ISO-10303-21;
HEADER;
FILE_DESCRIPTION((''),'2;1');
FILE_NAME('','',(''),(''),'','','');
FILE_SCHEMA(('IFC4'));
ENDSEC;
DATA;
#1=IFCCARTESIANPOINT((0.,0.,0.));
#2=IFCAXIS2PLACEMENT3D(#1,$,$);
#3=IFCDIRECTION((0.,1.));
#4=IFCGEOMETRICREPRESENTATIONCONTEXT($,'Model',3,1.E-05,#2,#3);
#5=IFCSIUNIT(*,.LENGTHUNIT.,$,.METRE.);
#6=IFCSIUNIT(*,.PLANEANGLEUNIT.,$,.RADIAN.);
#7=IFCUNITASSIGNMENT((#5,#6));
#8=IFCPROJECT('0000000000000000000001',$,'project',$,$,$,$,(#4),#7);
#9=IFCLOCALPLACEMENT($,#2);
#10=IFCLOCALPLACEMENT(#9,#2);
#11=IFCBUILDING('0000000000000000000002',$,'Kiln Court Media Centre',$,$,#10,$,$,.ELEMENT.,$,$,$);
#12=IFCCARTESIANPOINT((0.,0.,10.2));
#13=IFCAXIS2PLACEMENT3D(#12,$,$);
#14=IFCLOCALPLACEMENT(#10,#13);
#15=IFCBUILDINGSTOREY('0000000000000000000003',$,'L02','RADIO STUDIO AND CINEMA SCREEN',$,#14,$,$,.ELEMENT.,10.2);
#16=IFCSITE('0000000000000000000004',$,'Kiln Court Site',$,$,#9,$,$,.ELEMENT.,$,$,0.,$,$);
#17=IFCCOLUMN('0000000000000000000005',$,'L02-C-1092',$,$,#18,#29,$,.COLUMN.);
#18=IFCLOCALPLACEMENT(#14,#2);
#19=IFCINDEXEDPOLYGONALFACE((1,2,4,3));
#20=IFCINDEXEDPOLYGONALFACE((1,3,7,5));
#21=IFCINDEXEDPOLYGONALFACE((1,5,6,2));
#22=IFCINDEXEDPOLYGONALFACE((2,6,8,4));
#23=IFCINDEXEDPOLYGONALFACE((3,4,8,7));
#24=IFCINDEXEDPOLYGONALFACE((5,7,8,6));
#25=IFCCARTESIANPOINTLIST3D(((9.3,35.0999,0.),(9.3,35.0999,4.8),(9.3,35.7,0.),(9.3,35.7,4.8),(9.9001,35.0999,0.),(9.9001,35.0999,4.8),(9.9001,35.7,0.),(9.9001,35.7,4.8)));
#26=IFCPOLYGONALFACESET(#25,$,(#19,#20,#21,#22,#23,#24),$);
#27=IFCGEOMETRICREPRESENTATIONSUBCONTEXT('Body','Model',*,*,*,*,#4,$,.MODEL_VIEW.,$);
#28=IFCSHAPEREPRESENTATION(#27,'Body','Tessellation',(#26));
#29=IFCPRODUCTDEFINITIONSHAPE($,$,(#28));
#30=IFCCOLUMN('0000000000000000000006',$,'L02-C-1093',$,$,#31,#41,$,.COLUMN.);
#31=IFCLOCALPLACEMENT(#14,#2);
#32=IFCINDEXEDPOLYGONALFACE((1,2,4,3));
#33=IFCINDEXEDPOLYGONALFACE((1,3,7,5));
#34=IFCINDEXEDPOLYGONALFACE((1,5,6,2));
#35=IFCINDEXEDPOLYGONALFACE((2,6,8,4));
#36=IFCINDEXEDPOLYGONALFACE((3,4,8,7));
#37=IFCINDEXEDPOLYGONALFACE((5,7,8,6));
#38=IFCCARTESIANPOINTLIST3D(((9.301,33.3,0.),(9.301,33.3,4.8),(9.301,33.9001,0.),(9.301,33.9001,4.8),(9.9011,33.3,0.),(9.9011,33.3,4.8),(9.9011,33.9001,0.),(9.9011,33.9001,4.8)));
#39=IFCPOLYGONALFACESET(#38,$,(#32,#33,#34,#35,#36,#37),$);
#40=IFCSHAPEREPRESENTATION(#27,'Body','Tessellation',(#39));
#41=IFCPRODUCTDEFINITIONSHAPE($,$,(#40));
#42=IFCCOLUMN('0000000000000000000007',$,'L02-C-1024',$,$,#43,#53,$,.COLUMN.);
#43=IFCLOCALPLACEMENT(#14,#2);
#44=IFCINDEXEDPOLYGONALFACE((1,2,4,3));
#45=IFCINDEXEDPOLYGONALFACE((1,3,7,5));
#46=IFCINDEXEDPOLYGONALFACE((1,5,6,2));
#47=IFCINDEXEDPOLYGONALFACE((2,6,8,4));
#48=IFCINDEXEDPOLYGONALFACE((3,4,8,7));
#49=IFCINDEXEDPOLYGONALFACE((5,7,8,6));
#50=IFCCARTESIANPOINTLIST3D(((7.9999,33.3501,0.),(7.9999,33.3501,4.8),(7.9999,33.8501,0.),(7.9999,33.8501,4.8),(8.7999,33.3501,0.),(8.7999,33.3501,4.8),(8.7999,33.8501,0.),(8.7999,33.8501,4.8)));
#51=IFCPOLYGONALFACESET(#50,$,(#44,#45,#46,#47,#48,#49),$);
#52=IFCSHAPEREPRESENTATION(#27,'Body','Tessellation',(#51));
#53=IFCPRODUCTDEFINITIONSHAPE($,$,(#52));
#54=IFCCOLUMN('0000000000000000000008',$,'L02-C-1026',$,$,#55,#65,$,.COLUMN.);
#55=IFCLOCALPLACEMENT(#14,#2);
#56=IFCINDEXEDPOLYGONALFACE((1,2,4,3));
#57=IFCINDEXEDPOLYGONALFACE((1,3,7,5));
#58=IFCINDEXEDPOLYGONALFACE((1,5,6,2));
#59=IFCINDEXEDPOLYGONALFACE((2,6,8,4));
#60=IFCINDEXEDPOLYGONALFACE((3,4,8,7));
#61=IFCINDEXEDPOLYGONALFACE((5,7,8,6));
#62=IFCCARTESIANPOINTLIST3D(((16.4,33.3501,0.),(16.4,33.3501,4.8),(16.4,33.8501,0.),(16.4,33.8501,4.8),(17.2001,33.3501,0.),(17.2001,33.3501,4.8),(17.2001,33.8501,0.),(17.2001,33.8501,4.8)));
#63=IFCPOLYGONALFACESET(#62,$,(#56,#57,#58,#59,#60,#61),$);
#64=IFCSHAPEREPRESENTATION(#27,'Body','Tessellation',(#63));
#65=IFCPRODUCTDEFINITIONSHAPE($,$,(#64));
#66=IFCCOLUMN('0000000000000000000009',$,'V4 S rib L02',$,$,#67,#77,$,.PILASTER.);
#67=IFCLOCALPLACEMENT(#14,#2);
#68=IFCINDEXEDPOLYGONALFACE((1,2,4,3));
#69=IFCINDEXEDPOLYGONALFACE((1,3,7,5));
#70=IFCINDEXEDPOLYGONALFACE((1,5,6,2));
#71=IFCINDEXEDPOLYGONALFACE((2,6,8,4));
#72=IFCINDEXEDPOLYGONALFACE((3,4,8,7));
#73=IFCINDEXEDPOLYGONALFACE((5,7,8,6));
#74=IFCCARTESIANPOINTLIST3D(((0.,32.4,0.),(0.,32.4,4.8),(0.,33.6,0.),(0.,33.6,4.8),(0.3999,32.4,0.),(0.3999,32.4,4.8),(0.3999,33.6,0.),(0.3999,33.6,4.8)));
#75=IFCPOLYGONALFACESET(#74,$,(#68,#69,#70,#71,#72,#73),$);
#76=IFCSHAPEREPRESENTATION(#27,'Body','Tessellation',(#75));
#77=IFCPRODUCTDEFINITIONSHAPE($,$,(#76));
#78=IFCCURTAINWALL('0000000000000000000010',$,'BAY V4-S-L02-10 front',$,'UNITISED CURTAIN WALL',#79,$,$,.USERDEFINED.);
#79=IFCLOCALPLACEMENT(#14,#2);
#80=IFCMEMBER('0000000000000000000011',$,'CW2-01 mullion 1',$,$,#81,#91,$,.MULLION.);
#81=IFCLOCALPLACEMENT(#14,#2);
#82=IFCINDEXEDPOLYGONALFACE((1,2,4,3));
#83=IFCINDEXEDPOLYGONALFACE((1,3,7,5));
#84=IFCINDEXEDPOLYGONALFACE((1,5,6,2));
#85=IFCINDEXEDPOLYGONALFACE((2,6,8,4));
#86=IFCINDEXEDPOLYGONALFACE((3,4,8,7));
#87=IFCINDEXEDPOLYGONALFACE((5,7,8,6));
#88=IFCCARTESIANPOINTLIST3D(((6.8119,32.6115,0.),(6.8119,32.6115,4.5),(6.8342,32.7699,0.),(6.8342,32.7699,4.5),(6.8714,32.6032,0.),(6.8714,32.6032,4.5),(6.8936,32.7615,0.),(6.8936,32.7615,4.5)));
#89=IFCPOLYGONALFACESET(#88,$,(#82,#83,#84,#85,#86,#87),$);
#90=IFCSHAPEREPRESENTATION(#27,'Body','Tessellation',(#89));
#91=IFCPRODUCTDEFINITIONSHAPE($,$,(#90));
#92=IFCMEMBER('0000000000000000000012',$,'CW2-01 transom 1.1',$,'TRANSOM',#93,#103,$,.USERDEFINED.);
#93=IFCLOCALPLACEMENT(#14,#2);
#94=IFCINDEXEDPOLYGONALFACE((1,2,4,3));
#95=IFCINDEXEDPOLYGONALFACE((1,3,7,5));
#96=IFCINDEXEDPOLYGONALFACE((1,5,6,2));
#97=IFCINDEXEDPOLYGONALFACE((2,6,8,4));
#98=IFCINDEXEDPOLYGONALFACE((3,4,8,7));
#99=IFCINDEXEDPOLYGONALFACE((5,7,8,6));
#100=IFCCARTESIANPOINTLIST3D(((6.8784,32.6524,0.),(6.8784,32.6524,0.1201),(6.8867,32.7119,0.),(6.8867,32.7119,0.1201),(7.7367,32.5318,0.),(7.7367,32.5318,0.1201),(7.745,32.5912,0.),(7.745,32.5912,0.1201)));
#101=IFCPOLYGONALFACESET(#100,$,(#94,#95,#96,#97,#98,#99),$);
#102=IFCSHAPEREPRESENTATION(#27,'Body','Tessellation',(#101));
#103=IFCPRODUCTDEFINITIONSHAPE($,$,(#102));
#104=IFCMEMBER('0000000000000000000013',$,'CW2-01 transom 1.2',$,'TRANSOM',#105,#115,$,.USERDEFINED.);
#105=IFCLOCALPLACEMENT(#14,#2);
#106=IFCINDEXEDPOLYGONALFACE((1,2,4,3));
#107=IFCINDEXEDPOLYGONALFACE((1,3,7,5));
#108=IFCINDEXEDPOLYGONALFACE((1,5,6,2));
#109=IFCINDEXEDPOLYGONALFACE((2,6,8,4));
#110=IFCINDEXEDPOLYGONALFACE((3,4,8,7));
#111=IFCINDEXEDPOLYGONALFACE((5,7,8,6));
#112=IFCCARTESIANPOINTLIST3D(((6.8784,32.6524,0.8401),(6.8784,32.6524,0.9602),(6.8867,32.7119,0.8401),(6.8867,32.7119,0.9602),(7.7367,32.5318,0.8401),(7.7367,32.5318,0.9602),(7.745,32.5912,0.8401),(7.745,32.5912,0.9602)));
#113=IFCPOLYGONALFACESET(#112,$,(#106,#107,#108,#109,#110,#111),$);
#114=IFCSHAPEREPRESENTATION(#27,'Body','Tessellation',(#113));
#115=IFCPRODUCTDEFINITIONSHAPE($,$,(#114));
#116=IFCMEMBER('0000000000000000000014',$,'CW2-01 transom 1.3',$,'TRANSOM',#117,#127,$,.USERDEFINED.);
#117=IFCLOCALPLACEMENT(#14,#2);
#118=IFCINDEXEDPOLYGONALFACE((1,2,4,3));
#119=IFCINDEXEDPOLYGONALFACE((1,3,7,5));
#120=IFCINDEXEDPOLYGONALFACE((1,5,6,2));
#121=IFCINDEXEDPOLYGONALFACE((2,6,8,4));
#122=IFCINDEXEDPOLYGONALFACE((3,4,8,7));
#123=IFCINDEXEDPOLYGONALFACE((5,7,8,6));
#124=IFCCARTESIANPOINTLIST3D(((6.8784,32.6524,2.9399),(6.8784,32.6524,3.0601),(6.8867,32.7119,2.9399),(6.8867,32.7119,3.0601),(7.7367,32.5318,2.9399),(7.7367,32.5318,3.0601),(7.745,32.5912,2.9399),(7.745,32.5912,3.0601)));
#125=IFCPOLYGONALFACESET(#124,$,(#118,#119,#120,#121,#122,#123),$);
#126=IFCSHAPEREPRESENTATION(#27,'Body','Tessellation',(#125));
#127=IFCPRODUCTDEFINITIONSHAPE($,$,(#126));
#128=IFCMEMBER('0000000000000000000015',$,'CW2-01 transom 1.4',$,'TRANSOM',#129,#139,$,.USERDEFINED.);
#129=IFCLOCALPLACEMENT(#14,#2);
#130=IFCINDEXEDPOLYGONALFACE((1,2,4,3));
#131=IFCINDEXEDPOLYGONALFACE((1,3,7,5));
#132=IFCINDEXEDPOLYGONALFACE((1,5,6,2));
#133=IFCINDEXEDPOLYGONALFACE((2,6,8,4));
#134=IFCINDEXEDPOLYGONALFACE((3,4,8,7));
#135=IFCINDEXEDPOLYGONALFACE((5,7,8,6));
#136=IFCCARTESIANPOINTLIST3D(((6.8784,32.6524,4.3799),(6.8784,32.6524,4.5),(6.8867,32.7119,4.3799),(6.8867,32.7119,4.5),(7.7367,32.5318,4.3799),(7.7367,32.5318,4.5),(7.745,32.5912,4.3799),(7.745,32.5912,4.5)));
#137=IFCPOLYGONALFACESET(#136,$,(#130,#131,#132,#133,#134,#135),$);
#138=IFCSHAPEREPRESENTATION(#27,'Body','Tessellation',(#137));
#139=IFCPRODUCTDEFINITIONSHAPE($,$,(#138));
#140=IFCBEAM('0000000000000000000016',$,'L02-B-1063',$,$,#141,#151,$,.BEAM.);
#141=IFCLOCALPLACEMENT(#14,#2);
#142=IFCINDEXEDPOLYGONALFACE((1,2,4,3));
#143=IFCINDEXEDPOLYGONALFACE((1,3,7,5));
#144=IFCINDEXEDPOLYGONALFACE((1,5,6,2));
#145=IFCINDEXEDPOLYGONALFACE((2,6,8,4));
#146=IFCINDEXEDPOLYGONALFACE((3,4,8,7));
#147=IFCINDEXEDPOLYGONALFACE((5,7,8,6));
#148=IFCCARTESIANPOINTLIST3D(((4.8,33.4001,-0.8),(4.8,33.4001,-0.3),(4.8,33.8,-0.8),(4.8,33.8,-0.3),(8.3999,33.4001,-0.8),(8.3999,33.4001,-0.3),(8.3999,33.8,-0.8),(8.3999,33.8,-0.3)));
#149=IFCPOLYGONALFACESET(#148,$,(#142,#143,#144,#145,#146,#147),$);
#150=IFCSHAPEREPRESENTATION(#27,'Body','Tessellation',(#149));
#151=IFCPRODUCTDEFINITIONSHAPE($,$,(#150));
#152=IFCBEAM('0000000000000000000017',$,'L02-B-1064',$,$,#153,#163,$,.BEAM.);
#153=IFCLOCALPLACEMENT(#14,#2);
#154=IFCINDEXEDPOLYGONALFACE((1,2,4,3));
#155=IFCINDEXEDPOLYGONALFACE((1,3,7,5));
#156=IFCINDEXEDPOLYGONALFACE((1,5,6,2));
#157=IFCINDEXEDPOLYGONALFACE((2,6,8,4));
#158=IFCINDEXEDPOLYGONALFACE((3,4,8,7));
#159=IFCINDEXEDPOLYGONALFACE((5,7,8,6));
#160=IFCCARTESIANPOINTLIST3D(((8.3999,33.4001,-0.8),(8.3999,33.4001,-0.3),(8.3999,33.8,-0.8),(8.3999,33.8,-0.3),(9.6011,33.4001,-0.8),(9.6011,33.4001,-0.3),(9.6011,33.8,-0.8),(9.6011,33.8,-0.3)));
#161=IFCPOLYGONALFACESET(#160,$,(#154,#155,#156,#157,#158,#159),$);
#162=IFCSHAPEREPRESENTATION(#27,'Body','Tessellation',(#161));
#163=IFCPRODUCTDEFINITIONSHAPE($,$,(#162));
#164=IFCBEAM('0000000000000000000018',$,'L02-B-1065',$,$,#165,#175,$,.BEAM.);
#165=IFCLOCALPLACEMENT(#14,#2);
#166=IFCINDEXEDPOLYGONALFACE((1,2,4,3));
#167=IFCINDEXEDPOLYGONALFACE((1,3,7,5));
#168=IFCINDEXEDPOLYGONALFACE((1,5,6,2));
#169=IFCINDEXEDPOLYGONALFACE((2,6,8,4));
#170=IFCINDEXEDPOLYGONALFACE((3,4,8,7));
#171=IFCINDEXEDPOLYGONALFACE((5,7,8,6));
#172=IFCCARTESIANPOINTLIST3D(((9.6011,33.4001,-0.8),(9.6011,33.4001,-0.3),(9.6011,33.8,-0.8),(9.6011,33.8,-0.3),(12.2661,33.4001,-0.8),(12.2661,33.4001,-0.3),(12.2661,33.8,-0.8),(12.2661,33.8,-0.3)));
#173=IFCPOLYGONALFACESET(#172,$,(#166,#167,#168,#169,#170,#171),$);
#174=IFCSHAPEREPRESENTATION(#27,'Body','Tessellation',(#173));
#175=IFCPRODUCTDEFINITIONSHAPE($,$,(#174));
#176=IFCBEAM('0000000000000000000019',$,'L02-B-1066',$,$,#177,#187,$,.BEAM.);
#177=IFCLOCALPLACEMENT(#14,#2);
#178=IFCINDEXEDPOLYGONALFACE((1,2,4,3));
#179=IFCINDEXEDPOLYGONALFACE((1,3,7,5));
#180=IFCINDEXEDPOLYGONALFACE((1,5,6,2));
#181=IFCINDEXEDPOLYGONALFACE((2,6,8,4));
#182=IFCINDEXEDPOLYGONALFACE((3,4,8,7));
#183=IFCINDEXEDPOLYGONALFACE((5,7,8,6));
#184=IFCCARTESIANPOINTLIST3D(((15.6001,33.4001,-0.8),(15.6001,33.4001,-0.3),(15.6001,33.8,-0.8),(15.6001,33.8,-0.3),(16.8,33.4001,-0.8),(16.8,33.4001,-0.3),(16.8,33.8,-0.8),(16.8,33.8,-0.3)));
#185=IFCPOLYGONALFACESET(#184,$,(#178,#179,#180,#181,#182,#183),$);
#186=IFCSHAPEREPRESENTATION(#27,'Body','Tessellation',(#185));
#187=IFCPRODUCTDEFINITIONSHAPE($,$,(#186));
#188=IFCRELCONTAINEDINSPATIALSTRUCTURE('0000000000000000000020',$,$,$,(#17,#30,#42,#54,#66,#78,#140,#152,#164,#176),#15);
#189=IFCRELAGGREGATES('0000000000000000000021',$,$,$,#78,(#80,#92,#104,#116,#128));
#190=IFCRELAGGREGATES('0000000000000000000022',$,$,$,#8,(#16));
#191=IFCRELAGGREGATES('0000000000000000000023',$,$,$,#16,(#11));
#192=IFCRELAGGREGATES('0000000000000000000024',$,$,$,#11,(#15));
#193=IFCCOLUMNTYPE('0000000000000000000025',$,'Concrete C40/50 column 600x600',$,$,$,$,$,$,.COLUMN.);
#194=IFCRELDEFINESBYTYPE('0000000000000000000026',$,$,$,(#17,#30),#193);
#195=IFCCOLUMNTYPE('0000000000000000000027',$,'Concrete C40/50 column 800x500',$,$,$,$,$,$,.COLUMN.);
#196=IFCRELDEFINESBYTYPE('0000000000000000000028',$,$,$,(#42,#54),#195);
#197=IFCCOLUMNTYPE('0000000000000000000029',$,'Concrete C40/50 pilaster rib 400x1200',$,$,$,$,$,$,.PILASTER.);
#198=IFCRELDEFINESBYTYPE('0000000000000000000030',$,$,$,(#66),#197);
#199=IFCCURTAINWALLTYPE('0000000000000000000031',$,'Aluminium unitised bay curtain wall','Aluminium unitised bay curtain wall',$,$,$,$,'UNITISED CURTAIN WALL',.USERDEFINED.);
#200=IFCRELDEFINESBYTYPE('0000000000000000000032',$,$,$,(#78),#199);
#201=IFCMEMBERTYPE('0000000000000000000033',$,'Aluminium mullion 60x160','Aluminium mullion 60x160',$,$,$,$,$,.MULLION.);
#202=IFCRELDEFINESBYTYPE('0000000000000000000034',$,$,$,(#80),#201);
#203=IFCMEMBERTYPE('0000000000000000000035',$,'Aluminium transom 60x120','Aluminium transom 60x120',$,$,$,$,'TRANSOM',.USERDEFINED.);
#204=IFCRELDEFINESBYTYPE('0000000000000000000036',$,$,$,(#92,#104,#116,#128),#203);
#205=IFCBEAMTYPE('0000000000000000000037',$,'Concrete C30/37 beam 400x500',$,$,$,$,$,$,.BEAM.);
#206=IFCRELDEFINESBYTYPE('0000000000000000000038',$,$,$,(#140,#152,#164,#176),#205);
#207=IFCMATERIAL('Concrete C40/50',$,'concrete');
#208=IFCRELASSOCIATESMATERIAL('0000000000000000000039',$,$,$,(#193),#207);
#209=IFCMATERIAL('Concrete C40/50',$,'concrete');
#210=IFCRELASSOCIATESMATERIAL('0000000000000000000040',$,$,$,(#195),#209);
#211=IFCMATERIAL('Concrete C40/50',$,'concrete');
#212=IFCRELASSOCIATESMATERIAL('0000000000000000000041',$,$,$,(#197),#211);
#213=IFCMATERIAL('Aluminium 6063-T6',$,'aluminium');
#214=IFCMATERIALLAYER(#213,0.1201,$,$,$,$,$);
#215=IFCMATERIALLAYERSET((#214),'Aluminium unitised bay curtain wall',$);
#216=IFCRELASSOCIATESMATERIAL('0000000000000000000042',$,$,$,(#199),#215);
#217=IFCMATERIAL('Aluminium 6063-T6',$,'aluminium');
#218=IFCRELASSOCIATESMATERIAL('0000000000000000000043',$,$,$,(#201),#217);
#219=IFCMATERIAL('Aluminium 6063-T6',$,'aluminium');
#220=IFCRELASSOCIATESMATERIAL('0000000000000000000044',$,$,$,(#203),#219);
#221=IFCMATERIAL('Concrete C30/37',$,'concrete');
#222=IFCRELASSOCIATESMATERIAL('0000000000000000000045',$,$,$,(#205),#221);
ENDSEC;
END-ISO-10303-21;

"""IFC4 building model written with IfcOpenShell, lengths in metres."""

from ifc_helpers import new_model, si_unit, direction, frame, origin, origin_2d, place, context, subcontext, project, spatial, rectangle, extrude, material, layer, layer_set, material_profile, profile_set, type_object, element, aggregate, save


model = new_model("IFC4")

# Units and contexts
model_context = context("Model", 3, precision=1e-05, world=origin(), true_north=direction((0.0, 1.0)))
body_context = subcontext(model_context, "Body", "Model", "MODEL_VIEW")
ifc_project = project(units=[si_unit("LENGTHUNIT", "METRE"), si_unit("PLANEANGLEUNIT", "RADIAN")], contexts=[model_context])

# Site, building, storey
site_placement = place(None, origin())
site = spatial("IfcSite", under=ifc_project, at=site_placement, Name="Kiln Court Site", CompositionType="ELEMENT", RefElevation=0.0)
building_placement = place(site_placement, origin())
building = spatial("IfcBuilding", under=site, at=building_placement, Name="Kiln Court Media Centre", CompositionType="ELEMENT")
storey_placement = place(building_placement, frame((0.0, 0.0, 10.2)))
storey = spatial("IfcBuildingStorey", under=building, at=storey_placement, Name="L02", Description="RADIO STUDIO AND CINEMA SCREEN", CompositionType="ELEMENT", Elevation=10.2)

# Columns
ifc_material_1 = material(Name="Concrete C40/50", Category="concrete")
ifc_material_profile_1 = material_profile(ifc_material_1, rectangle(XDim=0.6001, YDim=0.6001, at=origin_2d()), Name="RC 600x600")
ifc_profile_set_1 = profile_set([ifc_material_profile_1], Name="Concrete C40/50")
column_type_1 = type_object("IfcColumnType", Name="Concrete C40/50 column 600x600", PredefinedType="COLUMN", material=ifc_profile_set_1)
for number, where, z_axis, x_axis, name in (
    (1, (9.6001, 35.3999, 0.0), (0.0, 0.0, 1.0), (1.0, 0.0, 0.0), "L02-C-1092"),
    (2, (9.6011, 33.6001, 0.0), (0.0, 0.0, 1.0), (1.0, 0.0, 0.0), "L02-C-1093"),
):
    element("IfcColumn", number, at=place(storey_placement, frame(where, z_axis=z_axis, x_axis=x_axis)), inside=storey, type_object=column_type_1, Name=name, PredefinedType="COLUMN", context=body_context, shape_type="SweptSolid", body=[
        extrude(rectangle(XDim=0.6001, YDim=0.6001, at=origin_2d()), origin(), (0.0, 0.0, 1.0), 4.8),
    ])
ifc_material_2 = material(Name="Concrete C40/50", Category="concrete")
ifc_material_profile_2 = material_profile(ifc_material_2, rectangle(XDim=0.8, YDim=0.5, at=origin_2d()), Name="RC 800x500")
ifc_profile_set_2 = profile_set([ifc_material_profile_2], Name="Concrete C40/50")
column_type_2 = type_object("IfcColumnType", Name="Concrete C40/50 column 800x500", PredefinedType="COLUMN", material=ifc_profile_set_2)
for number, where, z_axis, x_axis, name in (
    (3, (8.3999, 33.6001, 0.0), (0.0, 0.0, 1.0), (1.0, 0.0, 0.0), "L02-C-1024"),
    (4, (16.8, 33.6001, 0.0), (0.0, 0.0, 1.0), (1.0, 0.0, 0.0), "L02-C-1026"),
):
    element("IfcColumn", number, at=place(storey_placement, frame(where, z_axis=z_axis, x_axis=x_axis)), inside=storey, type_object=column_type_2, Name=name, PredefinedType="COLUMN", context=body_context, shape_type="SweptSolid", body=[
        extrude(rectangle(XDim=0.8, YDim=0.5, at=origin_2d()), origin(), (0.0, 0.0, 1.0), 4.8),
    ])
ifc_material_3 = material(Name="Concrete C40/50", Category="concrete")
ifc_material_profile_3 = material_profile(ifc_material_3, rectangle(XDim=0.3999, YDim=1.2, at=origin_2d()), Name="RC 400x1200")
ifc_profile_set_3 = profile_set([ifc_material_profile_3], Name="Concrete C40/50")
column_type_3 = type_object("IfcColumnType", Name="Concrete C40/50 pilaster rib 400x1200", PredefinedType="PILASTER", material=ifc_profile_set_3)
column_placement = place(storey_placement, frame((0.2, 33.0, 0.0), z_axis=(0.0, 0.0, 1.0), x_axis=(1.0, 0.0, 0.0)))
element("IfcColumn", 5, at=column_placement, inside=storey, type_object=column_type_3, Name="V4 S rib L02", PredefinedType="PILASTER", context=body_context, shape_type="SweptSolid", body=[
    extrude(rectangle(XDim=0.3999, YDim=1.2, at=origin_2d()), origin(), (0.0, 0.0, 1.0), 4.8),
])

# Curtain wall, members
ifc_material_4 = material(Name="Aluminium 6063-T6", Category="aluminium")
ifc_layer_1 = layer(ifc_material_4, 0.1201)
ifc_layer_set_1 = layer_set([ifc_layer_1], Name="Aluminium unitised bay curtain wall")
curtain_wall_type = type_object("IfcCurtainWallType", Name="Aluminium unitised bay curtain wall", Description="Aluminium unitised bay curtain wall", ElementType="UNITISED CURTAIN WALL", PredefinedType="USERDEFINED", material=ifc_layer_set_1)
curtain_wall_placement = place(storey_placement, origin())
curtain_wall = element("IfcCurtainWall", 6, at=curtain_wall_placement, inside=storey, type_object=curtain_wall_type, Name="BAY V4-S-L02-10 front", ObjectType="UNITISED CURTAIN WALL", PredefinedType="USERDEFINED")
ifc_material_5 = material(Name="Aluminium 6063-T6", Category="aluminium")
ifc_material_profile_4 = material_profile(ifc_material_5, rectangle(XDim=0.0601, YDim=0.1599, at=origin_2d()), Name="Aluminium mullion 60x160")
ifc_profile_set_4 = profile_set([ifc_material_profile_4], Name="Aluminium 6063-T6")
member_type_1 = type_object("IfcMemberType", Name="Aluminium mullion 60x160", Description="Aluminium mullion 60x160", PredefinedType="MULLION", material=ifc_profile_set_4)
member_1_placement = place(storey_placement, frame((6.8528, 32.6865, 0.0), z_axis=(0.0, 0.0, 1.0), x_axis=(0.99027, -0.139162, 0.0)))
member_1 = element("IfcMember", 7, at=member_1_placement, type_object=member_type_1, Name="CW2-01 mullion 1", PredefinedType="MULLION", context=body_context, shape_type="SweptSolid", body=[
    extrude(rectangle(XDim=0.0601, YDim=0.1599, at=origin_2d()), origin(), (0.0, 0.0, 1.0), 4.5),
])
ifc_material_6 = material(Name="Aluminium 6063-T6", Category="aluminium")
ifc_material_profile_5 = material_profile(ifc_material_6, rectangle(XDim=0.0601, YDim=0.1201, at=origin_2d()), Name="Aluminium transom 60x120")
ifc_profile_set_5 = profile_set([ifc_material_profile_5], Name="Aluminium 6063-T6")
member_type_2 = type_object("IfcMemberType", Name="Aluminium transom 60x120", Description="Aluminium transom 60x120", ElementType="TRANSOM", PredefinedType="USERDEFINED", material=ifc_profile_set_5)
member_2_placement = place(storey_placement, frame((6.8826, 32.6821, 0.0601), z_axis=(0.990268, -0.139173, 0.0), x_axis=(0.139173, 0.990268, 0.0)))
member_2 = element("IfcMember", 8, at=member_2_placement, type_object=member_type_2, Name="CW2-01 transom 1.1", ObjectType="TRANSOM", PredefinedType="USERDEFINED", context=body_context, shape_type="SweptSolid", body=[
    extrude(rectangle(XDim=0.0601, YDim=0.1201, at=origin_2d()), origin(), (0.0, 0.0, 1.0), 0.8667),
])
member_3_placement = place(storey_placement, frame((6.8826, 32.6821, 0.9001), z_axis=(0.990268, -0.139173, 0.0), x_axis=(0.139173, 0.990268, 0.0)))
member_3 = element("IfcMember", 9, at=member_3_placement, type_object=member_type_2, Name="CW2-01 transom 1.2", ObjectType="TRANSOM", PredefinedType="USERDEFINED", context=body_context, shape_type="SweptSolid", body=[
    extrude(rectangle(XDim=0.0601, YDim=0.1201, at=origin_2d()), origin(), (0.0, 0.0, 1.0), 0.8667),
])
member_4_placement = place(storey_placement, frame((6.8826, 32.6821, 3.0), z_axis=(0.990268, -0.139173, 0.0), x_axis=(0.139173, 0.990268, 0.0)))
member_4 = element("IfcMember", 10, at=member_4_placement, type_object=member_type_2, Name="CW2-01 transom 1.3", ObjectType="TRANSOM", PredefinedType="USERDEFINED", context=body_context, shape_type="SweptSolid", body=[
    extrude(rectangle(XDim=0.0601, YDim=0.1201, at=origin_2d()), origin(), (0.0, 0.0, 1.0), 0.8667),
])
member_5_placement = place(storey_placement, frame((6.8826, 32.6821, 4.4399), z_axis=(0.990268, -0.139173, 0.0), x_axis=(0.139173, 0.990268, 0.0)))
member_5 = element("IfcMember", 11, at=member_5_placement, type_object=member_type_2, Name="CW2-01 transom 1.4", ObjectType="TRANSOM", PredefinedType="USERDEFINED", context=body_context, shape_type="SweptSolid", body=[
    extrude(rectangle(XDim=0.0601, YDim=0.1201, at=origin_2d()), origin(), (0.0, 0.0, 1.0), 0.8667),
])
aggregate(curtain_wall, [member_1, member_2, member_3, member_4, member_5])

# Beams
ifc_material_7 = material(Name="Concrete C30/37", Category="concrete")
ifc_material_profile_6 = material_profile(ifc_material_7, rectangle(XDim=0.3999, YDim=0.5, at=origin_2d()), Name="RC 400x500")
ifc_profile_set_6 = profile_set([ifc_material_profile_6], Name="Concrete C30/37")
beam_type_1 = type_object("IfcBeamType", Name="Concrete C30/37 beam 400x500", PredefinedType="BEAM", material=ifc_profile_set_6)
beam_1_placement = place(storey_placement, frame((4.8, 33.6001, -0.55), z_axis=(1.0, 0.0, 0.0), x_axis=(0.0, 1.0, 0.0)))
element("IfcBeam", 12, at=beam_1_placement, inside=storey, type_object=beam_type_1, Name="L02-B-1063", PredefinedType="BEAM", context=body_context, shape_type="SweptSolid", body=[
    extrude(rectangle(XDim=0.3999, YDim=0.5, at=origin_2d()), origin(), (0.0, 0.0, 1.0), 3.5999),
])
beam_2_placement = place(storey_placement, frame((8.3999, 33.6001, -0.55), z_axis=(1.0, 0.0, 0.0), x_axis=(0.0, 1.0, 0.0)))
element("IfcBeam", 13, at=beam_2_placement, inside=storey, type_object=beam_type_1, Name="L02-B-1064", PredefinedType="BEAM", context=body_context, shape_type="SweptSolid", body=[
    extrude(rectangle(XDim=0.3999, YDim=0.5, at=origin_2d()), origin(), (0.0, 0.0, 1.0), 1.2012),
])
beam_3_placement = place(storey_placement, frame((9.6011, 33.6001, -0.55), z_axis=(1.0, 0.0, 0.0), x_axis=(0.0, 1.0, 0.0)))
element("IfcBeam", 14, at=beam_3_placement, inside=storey, type_object=beam_type_1, Name="L02-B-1065", PredefinedType="BEAM", context=body_context, shape_type="SweptSolid", body=[
    extrude(rectangle(XDim=0.3999, YDim=0.5, at=origin_2d()), origin(), (0.0, 0.0, 1.0), 2.665),
])
for number, where, z_axis, x_axis, name in (
    (15, (15.6001, 33.6001, -0.55), (1.0, 0.0, 0.0), (0.0, 1.0, 0.0), "L02-B-1066"),
):
    element("IfcBeam", number, at=place(storey_placement, frame(where, z_axis=z_axis, x_axis=x_axis)), inside=storey, type_object=beam_type_1, Name=name, PredefinedType="BEAM", context=body_context, shape_type="SweptSolid", body=[
        extrude(rectangle(XDim=0.3999, YDim=0.5, at=origin_2d()), origin(), (0.0, 0.0, 1.0), 1.2),
    ])

save(model, "model.ifc")
